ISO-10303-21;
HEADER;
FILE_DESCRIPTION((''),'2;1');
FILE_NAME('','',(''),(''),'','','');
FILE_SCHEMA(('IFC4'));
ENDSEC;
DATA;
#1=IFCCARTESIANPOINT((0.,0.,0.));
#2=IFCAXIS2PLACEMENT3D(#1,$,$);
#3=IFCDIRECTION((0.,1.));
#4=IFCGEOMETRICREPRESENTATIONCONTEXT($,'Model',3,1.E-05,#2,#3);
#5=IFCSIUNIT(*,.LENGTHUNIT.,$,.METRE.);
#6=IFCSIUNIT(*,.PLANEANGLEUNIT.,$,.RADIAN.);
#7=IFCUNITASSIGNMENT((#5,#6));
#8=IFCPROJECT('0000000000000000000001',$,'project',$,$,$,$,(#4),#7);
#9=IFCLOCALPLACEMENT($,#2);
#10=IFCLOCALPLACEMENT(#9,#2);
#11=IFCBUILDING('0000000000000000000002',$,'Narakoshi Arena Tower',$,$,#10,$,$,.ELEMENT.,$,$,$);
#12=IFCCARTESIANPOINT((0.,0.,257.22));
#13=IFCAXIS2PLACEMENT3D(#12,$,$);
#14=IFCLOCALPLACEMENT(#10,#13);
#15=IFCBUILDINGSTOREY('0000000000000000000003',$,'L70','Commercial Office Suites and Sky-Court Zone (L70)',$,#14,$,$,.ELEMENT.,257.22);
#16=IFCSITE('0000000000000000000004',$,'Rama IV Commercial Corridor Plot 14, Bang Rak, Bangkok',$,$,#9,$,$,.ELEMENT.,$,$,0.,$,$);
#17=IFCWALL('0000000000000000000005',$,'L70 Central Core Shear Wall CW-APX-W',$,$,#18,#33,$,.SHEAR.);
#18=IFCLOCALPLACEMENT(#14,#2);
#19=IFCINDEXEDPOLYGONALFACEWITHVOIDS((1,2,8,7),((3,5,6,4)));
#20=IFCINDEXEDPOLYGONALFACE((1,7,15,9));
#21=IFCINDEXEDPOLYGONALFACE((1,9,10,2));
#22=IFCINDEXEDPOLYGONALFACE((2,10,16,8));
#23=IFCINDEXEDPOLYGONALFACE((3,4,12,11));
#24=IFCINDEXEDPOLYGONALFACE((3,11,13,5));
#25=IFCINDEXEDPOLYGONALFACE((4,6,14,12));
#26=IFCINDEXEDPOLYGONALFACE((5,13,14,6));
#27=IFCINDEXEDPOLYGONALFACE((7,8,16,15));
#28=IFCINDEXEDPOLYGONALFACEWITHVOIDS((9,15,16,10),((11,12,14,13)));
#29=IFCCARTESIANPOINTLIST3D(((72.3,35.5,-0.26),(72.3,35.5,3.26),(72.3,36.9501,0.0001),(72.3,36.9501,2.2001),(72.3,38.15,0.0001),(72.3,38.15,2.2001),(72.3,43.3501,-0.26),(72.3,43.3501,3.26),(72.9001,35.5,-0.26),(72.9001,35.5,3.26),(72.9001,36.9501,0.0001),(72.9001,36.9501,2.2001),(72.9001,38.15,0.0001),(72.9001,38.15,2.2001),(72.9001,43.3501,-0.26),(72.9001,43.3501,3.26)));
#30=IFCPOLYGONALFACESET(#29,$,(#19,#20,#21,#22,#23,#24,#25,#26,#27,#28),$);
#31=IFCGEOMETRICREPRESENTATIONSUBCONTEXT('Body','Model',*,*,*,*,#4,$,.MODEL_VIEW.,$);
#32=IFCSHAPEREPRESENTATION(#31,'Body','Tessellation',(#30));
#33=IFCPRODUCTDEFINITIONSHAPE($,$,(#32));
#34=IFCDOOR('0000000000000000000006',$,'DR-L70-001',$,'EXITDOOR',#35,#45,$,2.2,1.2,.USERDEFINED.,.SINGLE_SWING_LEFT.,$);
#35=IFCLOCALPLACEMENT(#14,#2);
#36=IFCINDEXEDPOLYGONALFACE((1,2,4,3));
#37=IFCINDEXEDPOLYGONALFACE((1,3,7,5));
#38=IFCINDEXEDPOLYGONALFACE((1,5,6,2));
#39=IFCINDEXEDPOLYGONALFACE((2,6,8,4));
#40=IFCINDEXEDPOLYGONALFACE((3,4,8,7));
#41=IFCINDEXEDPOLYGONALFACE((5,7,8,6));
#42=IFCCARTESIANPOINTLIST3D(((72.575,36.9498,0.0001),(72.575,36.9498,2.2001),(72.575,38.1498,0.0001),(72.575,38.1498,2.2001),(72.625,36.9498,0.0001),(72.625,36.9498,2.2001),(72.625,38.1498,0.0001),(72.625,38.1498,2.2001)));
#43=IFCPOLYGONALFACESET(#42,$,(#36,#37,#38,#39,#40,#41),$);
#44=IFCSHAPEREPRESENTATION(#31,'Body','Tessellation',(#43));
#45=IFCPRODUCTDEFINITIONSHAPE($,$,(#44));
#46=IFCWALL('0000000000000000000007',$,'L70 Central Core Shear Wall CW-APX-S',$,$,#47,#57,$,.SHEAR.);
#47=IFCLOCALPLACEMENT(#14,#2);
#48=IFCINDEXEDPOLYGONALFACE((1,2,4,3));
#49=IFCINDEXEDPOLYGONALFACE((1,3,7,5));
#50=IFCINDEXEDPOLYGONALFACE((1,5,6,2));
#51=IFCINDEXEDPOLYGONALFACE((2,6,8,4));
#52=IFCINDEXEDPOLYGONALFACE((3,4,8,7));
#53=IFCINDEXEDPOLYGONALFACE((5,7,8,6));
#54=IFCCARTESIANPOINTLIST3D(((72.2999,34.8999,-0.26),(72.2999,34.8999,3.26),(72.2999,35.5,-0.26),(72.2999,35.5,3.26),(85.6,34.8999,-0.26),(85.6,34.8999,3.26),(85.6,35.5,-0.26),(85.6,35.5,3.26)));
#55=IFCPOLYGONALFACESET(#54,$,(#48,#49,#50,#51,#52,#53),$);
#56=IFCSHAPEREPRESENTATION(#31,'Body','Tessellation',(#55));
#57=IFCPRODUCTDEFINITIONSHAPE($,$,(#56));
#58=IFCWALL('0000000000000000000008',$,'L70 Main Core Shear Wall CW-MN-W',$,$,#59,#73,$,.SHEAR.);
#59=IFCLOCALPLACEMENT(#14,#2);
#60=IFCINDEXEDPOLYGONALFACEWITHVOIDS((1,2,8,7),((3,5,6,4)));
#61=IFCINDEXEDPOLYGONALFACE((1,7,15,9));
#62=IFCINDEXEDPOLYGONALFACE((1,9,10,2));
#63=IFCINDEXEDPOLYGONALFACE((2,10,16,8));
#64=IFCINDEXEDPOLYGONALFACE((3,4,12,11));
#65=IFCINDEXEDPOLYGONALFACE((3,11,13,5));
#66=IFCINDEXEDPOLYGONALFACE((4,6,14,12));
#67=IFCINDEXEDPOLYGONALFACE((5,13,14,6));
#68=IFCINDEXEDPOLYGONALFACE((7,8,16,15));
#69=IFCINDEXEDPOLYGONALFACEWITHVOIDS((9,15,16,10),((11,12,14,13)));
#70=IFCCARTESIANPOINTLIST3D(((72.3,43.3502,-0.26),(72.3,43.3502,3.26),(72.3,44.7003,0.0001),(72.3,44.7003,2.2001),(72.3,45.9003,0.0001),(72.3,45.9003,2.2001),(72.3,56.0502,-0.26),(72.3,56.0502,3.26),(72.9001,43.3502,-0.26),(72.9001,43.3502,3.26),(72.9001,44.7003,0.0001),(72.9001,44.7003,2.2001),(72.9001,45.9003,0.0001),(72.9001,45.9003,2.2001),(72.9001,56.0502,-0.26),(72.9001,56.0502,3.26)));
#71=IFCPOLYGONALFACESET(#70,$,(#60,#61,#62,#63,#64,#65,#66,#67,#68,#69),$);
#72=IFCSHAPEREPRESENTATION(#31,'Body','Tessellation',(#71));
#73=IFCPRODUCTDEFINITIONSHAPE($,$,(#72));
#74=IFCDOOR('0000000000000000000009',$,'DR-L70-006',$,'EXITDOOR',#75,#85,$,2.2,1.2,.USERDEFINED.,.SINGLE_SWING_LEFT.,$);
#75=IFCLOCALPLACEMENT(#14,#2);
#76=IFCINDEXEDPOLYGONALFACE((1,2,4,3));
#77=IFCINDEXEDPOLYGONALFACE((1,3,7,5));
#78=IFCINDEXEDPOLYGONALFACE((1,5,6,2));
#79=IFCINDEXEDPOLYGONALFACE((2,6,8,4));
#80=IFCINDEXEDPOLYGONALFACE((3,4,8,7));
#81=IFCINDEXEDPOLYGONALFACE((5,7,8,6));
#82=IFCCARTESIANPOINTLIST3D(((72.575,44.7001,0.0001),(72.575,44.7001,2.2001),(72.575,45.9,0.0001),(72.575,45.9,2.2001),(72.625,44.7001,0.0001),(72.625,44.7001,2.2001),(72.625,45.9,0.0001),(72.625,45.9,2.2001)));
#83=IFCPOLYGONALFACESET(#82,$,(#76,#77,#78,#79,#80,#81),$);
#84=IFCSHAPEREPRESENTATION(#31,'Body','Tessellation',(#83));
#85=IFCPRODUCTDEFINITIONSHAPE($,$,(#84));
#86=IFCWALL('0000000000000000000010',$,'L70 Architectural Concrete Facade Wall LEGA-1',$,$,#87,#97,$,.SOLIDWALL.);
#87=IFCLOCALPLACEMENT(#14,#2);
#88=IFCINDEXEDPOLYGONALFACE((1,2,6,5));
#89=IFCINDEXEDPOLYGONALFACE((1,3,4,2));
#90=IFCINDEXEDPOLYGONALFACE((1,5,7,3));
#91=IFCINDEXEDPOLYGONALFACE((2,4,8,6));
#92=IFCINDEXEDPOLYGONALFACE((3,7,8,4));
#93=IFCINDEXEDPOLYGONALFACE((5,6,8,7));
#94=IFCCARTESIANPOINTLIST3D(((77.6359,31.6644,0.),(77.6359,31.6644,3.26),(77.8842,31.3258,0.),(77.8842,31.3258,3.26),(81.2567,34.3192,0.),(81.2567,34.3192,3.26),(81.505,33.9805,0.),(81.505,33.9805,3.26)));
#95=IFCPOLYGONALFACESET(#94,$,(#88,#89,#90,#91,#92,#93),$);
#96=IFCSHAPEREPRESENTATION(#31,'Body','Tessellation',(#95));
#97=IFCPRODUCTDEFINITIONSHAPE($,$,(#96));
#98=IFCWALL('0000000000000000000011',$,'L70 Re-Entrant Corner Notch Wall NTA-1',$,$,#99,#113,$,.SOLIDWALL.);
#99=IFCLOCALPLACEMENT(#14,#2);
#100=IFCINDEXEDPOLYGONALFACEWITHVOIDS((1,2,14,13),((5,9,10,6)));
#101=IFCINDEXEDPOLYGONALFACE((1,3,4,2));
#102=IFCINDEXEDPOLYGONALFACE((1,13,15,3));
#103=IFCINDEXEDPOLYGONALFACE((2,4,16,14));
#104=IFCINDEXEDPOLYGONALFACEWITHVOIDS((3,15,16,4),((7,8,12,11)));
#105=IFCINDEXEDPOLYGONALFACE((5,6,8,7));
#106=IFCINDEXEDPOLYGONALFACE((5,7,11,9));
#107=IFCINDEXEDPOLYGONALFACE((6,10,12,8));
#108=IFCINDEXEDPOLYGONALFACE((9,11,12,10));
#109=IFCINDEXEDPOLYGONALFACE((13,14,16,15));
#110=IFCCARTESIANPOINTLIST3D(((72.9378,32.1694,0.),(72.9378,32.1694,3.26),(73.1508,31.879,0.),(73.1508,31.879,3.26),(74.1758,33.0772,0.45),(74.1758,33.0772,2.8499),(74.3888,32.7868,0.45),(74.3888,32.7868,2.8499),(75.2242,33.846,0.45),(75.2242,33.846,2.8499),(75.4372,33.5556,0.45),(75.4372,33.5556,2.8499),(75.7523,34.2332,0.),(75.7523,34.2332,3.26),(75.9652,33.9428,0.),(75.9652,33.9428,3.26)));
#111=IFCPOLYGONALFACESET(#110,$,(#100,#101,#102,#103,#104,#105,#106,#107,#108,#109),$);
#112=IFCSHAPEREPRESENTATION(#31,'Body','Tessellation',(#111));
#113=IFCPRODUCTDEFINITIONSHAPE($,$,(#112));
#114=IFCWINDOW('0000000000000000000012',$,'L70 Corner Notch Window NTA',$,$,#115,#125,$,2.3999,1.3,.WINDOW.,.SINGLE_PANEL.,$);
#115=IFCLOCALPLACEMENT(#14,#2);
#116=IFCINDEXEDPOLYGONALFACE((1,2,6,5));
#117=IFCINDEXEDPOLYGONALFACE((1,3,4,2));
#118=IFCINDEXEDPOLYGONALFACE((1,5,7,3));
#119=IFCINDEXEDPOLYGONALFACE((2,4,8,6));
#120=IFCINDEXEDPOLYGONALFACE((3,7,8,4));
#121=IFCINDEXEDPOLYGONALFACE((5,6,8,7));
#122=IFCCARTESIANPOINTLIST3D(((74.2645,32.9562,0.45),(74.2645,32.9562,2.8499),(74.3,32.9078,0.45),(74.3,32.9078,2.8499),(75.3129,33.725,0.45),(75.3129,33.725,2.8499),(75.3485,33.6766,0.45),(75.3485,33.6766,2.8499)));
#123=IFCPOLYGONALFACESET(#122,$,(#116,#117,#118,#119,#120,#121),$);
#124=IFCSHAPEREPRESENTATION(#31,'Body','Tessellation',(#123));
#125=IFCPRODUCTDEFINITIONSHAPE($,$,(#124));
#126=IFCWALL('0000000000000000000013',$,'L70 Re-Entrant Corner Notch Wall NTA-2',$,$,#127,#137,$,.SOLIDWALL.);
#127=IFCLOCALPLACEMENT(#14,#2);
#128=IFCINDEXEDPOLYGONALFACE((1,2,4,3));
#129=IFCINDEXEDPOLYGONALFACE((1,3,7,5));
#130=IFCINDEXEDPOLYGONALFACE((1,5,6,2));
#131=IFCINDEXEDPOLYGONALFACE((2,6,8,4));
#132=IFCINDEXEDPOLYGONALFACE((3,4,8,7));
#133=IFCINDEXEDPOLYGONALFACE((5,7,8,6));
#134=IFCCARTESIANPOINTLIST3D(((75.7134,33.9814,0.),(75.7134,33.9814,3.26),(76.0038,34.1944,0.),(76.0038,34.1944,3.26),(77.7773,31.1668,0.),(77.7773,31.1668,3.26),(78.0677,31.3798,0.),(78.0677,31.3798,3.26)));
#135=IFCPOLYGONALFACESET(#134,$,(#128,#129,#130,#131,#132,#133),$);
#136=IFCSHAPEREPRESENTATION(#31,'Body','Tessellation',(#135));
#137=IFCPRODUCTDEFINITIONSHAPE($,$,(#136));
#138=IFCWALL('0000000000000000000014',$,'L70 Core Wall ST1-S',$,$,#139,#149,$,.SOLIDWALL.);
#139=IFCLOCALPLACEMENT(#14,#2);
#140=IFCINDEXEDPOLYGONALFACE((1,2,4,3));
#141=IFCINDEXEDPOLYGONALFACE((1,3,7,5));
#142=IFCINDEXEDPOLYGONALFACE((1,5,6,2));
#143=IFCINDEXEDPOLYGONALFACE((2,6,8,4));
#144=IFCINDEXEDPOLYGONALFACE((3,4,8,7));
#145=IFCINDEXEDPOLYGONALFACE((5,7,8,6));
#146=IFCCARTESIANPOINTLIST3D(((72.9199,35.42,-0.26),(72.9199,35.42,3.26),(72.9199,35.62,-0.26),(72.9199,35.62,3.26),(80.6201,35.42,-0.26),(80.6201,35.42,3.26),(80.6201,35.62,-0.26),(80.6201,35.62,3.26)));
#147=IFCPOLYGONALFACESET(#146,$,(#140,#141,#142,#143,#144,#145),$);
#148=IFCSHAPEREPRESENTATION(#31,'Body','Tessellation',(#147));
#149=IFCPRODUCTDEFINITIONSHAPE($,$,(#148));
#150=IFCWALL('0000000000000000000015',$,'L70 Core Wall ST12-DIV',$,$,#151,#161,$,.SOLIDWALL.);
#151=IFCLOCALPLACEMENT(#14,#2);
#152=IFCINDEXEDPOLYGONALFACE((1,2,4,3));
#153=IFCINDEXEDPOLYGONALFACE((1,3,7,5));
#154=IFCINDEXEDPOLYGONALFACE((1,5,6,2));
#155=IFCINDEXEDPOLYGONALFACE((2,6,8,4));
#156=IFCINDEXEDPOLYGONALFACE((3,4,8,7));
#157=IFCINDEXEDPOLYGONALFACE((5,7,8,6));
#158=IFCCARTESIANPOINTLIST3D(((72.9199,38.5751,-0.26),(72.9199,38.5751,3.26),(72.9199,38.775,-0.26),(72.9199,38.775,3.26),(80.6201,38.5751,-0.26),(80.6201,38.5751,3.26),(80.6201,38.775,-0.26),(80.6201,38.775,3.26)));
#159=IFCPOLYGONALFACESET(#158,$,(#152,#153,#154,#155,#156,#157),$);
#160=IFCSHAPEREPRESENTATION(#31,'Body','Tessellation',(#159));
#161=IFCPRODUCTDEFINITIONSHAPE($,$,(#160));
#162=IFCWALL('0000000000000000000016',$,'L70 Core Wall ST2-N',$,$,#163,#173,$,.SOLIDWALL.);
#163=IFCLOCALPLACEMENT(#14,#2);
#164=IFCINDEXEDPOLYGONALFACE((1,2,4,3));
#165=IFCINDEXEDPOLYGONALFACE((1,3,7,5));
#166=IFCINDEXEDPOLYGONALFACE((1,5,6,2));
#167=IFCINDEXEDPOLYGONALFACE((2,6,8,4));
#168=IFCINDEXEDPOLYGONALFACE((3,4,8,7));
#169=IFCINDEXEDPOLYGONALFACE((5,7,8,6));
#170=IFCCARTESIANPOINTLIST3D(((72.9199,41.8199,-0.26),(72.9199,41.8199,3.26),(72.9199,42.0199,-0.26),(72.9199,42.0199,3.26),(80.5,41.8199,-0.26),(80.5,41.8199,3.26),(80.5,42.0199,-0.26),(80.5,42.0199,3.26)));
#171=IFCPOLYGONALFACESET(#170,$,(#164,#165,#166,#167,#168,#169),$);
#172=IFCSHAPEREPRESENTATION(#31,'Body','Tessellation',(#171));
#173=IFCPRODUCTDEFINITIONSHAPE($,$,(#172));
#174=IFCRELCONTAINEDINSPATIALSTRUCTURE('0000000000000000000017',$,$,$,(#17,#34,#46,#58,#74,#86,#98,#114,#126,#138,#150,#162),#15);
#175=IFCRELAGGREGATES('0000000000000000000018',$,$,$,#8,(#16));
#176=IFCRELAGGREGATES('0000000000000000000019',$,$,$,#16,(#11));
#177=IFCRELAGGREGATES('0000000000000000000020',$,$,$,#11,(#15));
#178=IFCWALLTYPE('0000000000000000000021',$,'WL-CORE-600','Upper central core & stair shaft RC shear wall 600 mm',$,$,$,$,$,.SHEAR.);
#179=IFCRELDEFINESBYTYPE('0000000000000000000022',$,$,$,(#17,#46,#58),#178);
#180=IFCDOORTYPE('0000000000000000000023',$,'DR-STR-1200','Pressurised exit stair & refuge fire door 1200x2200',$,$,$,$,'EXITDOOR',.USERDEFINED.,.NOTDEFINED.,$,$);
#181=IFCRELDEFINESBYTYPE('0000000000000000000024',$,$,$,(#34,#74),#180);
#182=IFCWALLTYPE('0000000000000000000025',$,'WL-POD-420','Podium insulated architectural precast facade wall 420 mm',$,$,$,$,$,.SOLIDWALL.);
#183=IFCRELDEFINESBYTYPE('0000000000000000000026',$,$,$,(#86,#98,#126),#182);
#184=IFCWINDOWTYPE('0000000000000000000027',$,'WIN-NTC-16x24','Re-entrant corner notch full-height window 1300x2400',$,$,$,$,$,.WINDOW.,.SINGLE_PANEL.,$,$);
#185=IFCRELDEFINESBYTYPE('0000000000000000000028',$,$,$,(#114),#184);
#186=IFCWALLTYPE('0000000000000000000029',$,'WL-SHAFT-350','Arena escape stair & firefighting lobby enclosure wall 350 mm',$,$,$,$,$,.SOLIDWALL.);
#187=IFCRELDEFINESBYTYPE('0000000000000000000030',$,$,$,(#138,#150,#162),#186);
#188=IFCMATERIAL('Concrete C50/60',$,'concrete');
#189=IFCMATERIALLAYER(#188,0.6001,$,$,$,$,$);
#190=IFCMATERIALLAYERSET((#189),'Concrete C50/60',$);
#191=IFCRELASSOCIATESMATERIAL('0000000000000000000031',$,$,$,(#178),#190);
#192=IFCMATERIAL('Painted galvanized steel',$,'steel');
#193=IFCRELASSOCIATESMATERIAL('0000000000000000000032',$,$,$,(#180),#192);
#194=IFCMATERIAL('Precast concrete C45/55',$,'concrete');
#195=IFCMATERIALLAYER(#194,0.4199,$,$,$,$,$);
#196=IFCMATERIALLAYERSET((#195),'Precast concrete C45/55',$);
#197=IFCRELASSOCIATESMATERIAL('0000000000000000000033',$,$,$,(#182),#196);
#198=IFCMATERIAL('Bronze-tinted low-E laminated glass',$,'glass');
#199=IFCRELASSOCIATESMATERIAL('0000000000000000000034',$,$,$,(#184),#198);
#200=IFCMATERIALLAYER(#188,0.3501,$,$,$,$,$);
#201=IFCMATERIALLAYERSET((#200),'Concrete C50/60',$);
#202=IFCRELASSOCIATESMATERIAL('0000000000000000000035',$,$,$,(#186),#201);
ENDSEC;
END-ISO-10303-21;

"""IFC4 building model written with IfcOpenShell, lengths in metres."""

from ifc_helpers import new_model, si_unit, direction, frame, frame_2d, origin, place, context, subcontext, project, spatial, rectangle, extrude, material, layer, layer_set, type_object, element, fill, save


model = new_model("IFC4")

# Units and contexts
model_context = context("Model", 3, precision=1e-05, world=origin(), true_north=direction((0.0, 1.0)))
body_context = subcontext(model_context, "Body", "Model", "MODEL_VIEW")
ifc_project = project(units=[si_unit("LENGTHUNIT", "METRE"), si_unit("PLANEANGLEUNIT", "RADIAN")], contexts=[model_context])

# Site, building, storey
site_placement = place(None, origin())
site = spatial("IfcSite", under=ifc_project, at=site_placement, Name="Rama IV Commercial Corridor Plot 14, Bang Rak, Bangkok", CompositionType="ELEMENT", RefElevation=0.0)
building_placement = place(site_placement, origin())
building = spatial("IfcBuilding", under=site, at=building_placement, Name="Narakoshi Arena Tower", CompositionType="ELEMENT")
storey_placement = place(building_placement, frame((0.0, 0.0, 257.22)))
storey = spatial("IfcBuildingStorey", under=building, at=storey_placement, Name="L70", Description="Commercial Office Suites and Sky-Court Zone (L70)", CompositionType="ELEMENT", Elevation=257.22)

# Wall, opening, door
ifc_material_1 = material(Name="Concrete C50/60", Category="concrete")
ifc_layer_1 = layer(ifc_material_1, 0.6001)
ifc_layer_set_1 = layer_set([ifc_layer_1], Name="Concrete C50/60")
wall_type_1 = type_object("IfcWallType", Name="WL-CORE-600", Description="Upper central core & stair shaft RC shear wall 600 mm", PredefinedType="SHEAR", material=ifc_layer_set_1)
wall_1_placement = place(storey_placement, frame((72.6001, 35.5, -0.26), z_axis=(0.0, 0.0, 1.0), x_axis=(0.0, 1.0, 0.0)))
wall_1 = element("IfcWall", 1, at=wall_1_placement, inside=storey, type_object=wall_type_1, Name="L70 Central Core Shear Wall CW-APX-W", PredefinedType="SHEAR", context=body_context, shape_type="SweptSolid", body=[
    extrude(rectangle(XDim=7.8501, YDim=0.6001, at=frame_2d((3.925, 0.0))), origin(), (0.0, 0.0, 1.0), 3.52),
])
opening_1_placement = place(wall_1_placement, frame((1.45, 0.0, 0.26)))
opening_1 = element("IfcOpeningElement", 2, at=opening_1_placement, cuts=wall_1, PredefinedType="OPENING", context=body_context, shape_type="SweptSolid", body=[
    extrude(rectangle(XDim=1.2, YDim=2.2, at=frame_2d((0.6001, 1.1001))), frame((0.0, 0.3101, 0.0), z_axis=(0.0, -1.0, 0.0), x_axis=(1.0, 0.0, 0.0)), (0.0, 0.0, 1.0), 0.6201),
])
ifc_material_2 = material(Name="Painted galvanized steel", Category="steel")
door_type = type_object("IfcDoorType", Name="DR-STR-1200", Description="Pressurised exit stair & refuge fire door 1200x2200", ElementType="EXITDOOR", OperationType="NOTDEFINED", PredefinedType="USERDEFINED", material=ifc_material_2)
door_1_placement = place(opening_1_placement, frame((1.2, 0.0, 0.0), z_axis=(0.0, 0.0, 1.0), x_axis=(-1.0, 0.0, 0.0)))
door_1 = element("IfcDoor", 3, at=door_1_placement, inside=storey, type_object=door_type, Name="DR-L70-001", ObjectType="EXITDOOR", OperationType="SINGLE_SWING_LEFT", OverallHeight=2.2, OverallWidth=1.2, PredefinedType="USERDEFINED", context=body_context, shape_type="SweptSolid", body=[
    extrude(rectangle(XDim=1.2, YDim=2.2, at=frame_2d((0.6001, 1.1001))), frame((0.0, 0.0249, 0.0), z_axis=(0.0, -1.0, 0.0), x_axis=(1.0, 0.0, 0.0)), (0.0, 0.0, 1.0), 0.05),
])
fill(opening_1, door_1)

# Wall
wall_2_placement = place(storey_placement, frame((72.3, 35.2, -0.26), z_axis=(0.0, 0.0, 1.0), x_axis=(1.0, 0.0, 0.0)))
element("IfcWall", 4, at=wall_2_placement, inside=storey, type_object=wall_type_1, Name="L70 Central Core Shear Wall CW-APX-S", PredefinedType="SHEAR", context=body_context, shape_type="SweptSolid", body=[
    extrude(rectangle(XDim=13.3, YDim=0.6001, at=frame_2d((6.6499, 0.0))), origin(), (0.0, 0.0, 1.0), 3.52),
])

# Wall, opening, door
wall_3_placement = place(storey_placement, frame((72.6001, 43.3501, -0.26), z_axis=(0.0, 0.0, 1.0), x_axis=(0.0, 1.0, 0.0)))
wall_3 = element("IfcWall", 5, at=wall_3_placement, inside=storey, type_object=wall_type_1, Name="L70 Main Core Shear Wall CW-MN-W", PredefinedType="SHEAR", context=body_context, shape_type="SweptSolid", body=[
    extrude(rectangle(XDim=12.7, YDim=0.6001, at=frame_2d((6.3501, 0.0))), origin(), (0.0, 0.0, 1.0), 3.52),
])
opening_2_placement = place(wall_3_placement, frame((1.3501, 0.0, 0.26)))
opening_2 = element("IfcOpeningElement", 6, at=opening_2_placement, cuts=wall_3, PredefinedType="OPENING", context=body_context, shape_type="SweptSolid", body=[
    extrude(rectangle(XDim=1.2, YDim=2.2, at=frame_2d((0.6001, 1.1001))), frame((0.0, 0.3101, 0.0), z_axis=(0.0, -1.0, 0.0), x_axis=(1.0, 0.0, 0.0)), (0.0, 0.0, 1.0), 0.6201),
])
door_2_placement = place(opening_2_placement, frame((1.2, 0.0, 0.0), z_axis=(0.0, 0.0, 1.0), x_axis=(-1.0, 0.0, 0.0)))
door_2 = element("IfcDoor", 7, at=door_2_placement, inside=storey, type_object=door_type, Name="DR-L70-006", ObjectType="EXITDOOR", OperationType="SINGLE_SWING_LEFT", OverallHeight=2.2, OverallWidth=1.2, PredefinedType="USERDEFINED", context=body_context, shape_type="SweptSolid", body=[
    extrude(rectangle(XDim=1.2, YDim=2.2, at=frame_2d((0.6001, 1.1001))), frame((0.0, 0.0249, 0.0), z_axis=(0.0, -1.0, 0.0), x_axis=(1.0, 0.0, 0.0)), (0.0, 0.0, 1.0), 0.05),
])
fill(opening_2, door_2)

# Wall
ifc_material_3 = material(Name="Precast concrete C45/55", Category="concrete")
ifc_layer_2 = layer(ifc_material_3, 0.4199)
ifc_layer_set_2 = layer_set([ifc_layer_2], Name="Precast concrete C45/55")
wall_type_2 = type_object("IfcWallType", Name="WL-POD-420", Description="Podium insulated architectural precast facade wall 420 mm", PredefinedType="SOLIDWALL", material=ifc_layer_set_2)
wall_4_placement = place(storey_placement, frame((77.76, 31.4951, 0.0), z_axis=(0.0, 0.0, 1.0), x_axis=(0.806459, 0.591291, 0.0)))
element("IfcWall", 8, at=wall_4_placement, inside=storey, type_object=wall_type_2, Name="L70 Architectural Concrete Facade Wall LEGA-1", PredefinedType="SOLIDWALL", context=body_context, shape_type="SweptSolid", body=[
    extrude(rectangle(XDim=4.4897, YDim=0.4199, at=frame_2d((2.2449, 0.0))), origin(), (0.0, 0.0, 1.0), 3.26),
])

# Wall, opening, window
wall_5_placement = place(storey_placement, frame((73.0442, 32.0242, 0.0), z_axis=(0.0, 0.0, 1.0), x_axis=(0.806434, 0.591324, 0.0)))
wall_5 = element("IfcWall", 9, at=wall_5_placement, inside=storey, type_object=wall_type_2, Name="L70 Re-Entrant Corner Notch Wall NTA-1", PredefinedType="SOLIDWALL", context=body_context, shape_type="SweptSolid", body=[
    extrude(rectangle(XDim=3.49, YDim=0.3601, at=frame_2d((1.7451, 0.0))), origin(), (0.0, 0.0, 1.0), 3.26),
])
opening_3_placement = place(wall_5_placement, frame((1.5354, 0.0, 0.45)))
opening_3 = element("IfcOpeningElement", 10, at=opening_3_placement, cuts=wall_5, PredefinedType="OPENING", context=body_context, shape_type="SweptSolid", body=[
    extrude(rectangle(XDim=1.3, YDim=2.3999, at=frame_2d((0.6499, 1.2))), frame((0.0, 0.1899, 0.0), z_axis=(0.0, -1.0, 0.0), x_axis=(1.0, 0.0, 0.0)), (0.0, 0.0, 1.0), 0.3801),
])
ifc_material_4 = material(Name="Bronze-tinted low-E laminated glass", Category="glass")
window_type = type_object("IfcWindowType", Name="WIN-NTC-16x24", Description="Re-entrant corner notch full-height window 1300x2400", PartitioningType="SINGLE_PANEL", PredefinedType="WINDOW", material=ifc_material_4)
window_placement = place(opening_3_placement, origin())
window = element("IfcWindow", 11, at=window_placement, inside=storey, type_object=window_type, Name="L70 Corner Notch Window NTA", OverallHeight=2.3999, OverallWidth=1.3, PartitioningType="SINGLE_PANEL", PredefinedType="WINDOW", context=body_context, shape_type="SweptSolid", body=[
    extrude(rectangle(XDim=1.3, YDim=2.3999, at=frame_2d((0.6499, 1.2))), frame((0.0, 0.03, 0.0), z_axis=(0.0, -1.0, 0.0), x_axis=(1.0, 0.0, 0.0)), (0.0, 0.0, 1.0), 0.0601),
])
fill(opening_3, window)

# Walls
wall_6_placement = place(storey_placement, frame((75.8586, 34.0879, 0.0), z_axis=(0.0, 0.0, 1.0), x_axis=(0.591336, -0.806425, 0.0)))
element("IfcWall", 12, at=wall_6_placement, inside=storey, type_object=wall_type_2, Name="L70 Re-Entrant Corner Notch Wall NTA-2", PredefinedType="SOLIDWALL", context=body_context, shape_type="SweptSolid", body=[
    extrude(rectangle(XDim=3.4902, YDim=0.3601, at=frame_2d((1.7451, 0.0))), origin(), (0.0, 0.0, 1.0), 3.26),
])
ifc_layer_3 = layer(ifc_material_1, 0.3501)
ifc_layer_set_3 = layer_set([ifc_layer_3], Name="Concrete C50/60")
wall_type_3 = type_object("IfcWallType", Name="WL-SHAFT-350", Description="Arena escape stair & firefighting lobby enclosure wall 350 mm", PredefinedType="SOLIDWALL", material=ifc_layer_set_3)
for number, where, z_axis, x_axis, name in (
    (13, (72.9199, 35.52, -0.26), (0.0, 0.0, 1.0), (1.0, 0.0, 0.0), "L70 Core Wall ST1-S"),
    (14, (72.9199, 38.675, -0.26), (0.0, 0.0, 1.0), (1.0, 0.0, 0.0), "L70 Core Wall ST12-DIV"),
):
    element("IfcWall", number, at=place(storey_placement, frame(where, z_axis=z_axis, x_axis=x_axis)), inside=storey, type_object=wall_type_3, Name=name, PredefinedType="SOLIDWALL", context=body_context, shape_type="SweptSolid", body=[
        extrude(rectangle(XDim=7.7002, YDim=0.2, at=frame_2d((3.8501, 0.0))), origin(), (0.0, 0.0, 1.0), 3.52),
    ])
wall_7_placement = place(storey_placement, frame((72.9199, 41.9199, -0.26), z_axis=(0.0, 0.0, 1.0), x_axis=(1.0, 0.0, 0.0)))
element("IfcWall", 15, at=wall_7_placement, inside=storey, type_object=wall_type_3, Name="L70 Core Wall ST2-N", PredefinedType="SOLIDWALL", context=body_context, shape_type="SweptSolid", body=[
    extrude(rectangle(XDim=7.5801, YDim=0.2, at=frame_2d((3.79, 0.0))), origin(), (0.0, 0.0, 1.0), 3.52),
])

save(model, "model.ifc")
